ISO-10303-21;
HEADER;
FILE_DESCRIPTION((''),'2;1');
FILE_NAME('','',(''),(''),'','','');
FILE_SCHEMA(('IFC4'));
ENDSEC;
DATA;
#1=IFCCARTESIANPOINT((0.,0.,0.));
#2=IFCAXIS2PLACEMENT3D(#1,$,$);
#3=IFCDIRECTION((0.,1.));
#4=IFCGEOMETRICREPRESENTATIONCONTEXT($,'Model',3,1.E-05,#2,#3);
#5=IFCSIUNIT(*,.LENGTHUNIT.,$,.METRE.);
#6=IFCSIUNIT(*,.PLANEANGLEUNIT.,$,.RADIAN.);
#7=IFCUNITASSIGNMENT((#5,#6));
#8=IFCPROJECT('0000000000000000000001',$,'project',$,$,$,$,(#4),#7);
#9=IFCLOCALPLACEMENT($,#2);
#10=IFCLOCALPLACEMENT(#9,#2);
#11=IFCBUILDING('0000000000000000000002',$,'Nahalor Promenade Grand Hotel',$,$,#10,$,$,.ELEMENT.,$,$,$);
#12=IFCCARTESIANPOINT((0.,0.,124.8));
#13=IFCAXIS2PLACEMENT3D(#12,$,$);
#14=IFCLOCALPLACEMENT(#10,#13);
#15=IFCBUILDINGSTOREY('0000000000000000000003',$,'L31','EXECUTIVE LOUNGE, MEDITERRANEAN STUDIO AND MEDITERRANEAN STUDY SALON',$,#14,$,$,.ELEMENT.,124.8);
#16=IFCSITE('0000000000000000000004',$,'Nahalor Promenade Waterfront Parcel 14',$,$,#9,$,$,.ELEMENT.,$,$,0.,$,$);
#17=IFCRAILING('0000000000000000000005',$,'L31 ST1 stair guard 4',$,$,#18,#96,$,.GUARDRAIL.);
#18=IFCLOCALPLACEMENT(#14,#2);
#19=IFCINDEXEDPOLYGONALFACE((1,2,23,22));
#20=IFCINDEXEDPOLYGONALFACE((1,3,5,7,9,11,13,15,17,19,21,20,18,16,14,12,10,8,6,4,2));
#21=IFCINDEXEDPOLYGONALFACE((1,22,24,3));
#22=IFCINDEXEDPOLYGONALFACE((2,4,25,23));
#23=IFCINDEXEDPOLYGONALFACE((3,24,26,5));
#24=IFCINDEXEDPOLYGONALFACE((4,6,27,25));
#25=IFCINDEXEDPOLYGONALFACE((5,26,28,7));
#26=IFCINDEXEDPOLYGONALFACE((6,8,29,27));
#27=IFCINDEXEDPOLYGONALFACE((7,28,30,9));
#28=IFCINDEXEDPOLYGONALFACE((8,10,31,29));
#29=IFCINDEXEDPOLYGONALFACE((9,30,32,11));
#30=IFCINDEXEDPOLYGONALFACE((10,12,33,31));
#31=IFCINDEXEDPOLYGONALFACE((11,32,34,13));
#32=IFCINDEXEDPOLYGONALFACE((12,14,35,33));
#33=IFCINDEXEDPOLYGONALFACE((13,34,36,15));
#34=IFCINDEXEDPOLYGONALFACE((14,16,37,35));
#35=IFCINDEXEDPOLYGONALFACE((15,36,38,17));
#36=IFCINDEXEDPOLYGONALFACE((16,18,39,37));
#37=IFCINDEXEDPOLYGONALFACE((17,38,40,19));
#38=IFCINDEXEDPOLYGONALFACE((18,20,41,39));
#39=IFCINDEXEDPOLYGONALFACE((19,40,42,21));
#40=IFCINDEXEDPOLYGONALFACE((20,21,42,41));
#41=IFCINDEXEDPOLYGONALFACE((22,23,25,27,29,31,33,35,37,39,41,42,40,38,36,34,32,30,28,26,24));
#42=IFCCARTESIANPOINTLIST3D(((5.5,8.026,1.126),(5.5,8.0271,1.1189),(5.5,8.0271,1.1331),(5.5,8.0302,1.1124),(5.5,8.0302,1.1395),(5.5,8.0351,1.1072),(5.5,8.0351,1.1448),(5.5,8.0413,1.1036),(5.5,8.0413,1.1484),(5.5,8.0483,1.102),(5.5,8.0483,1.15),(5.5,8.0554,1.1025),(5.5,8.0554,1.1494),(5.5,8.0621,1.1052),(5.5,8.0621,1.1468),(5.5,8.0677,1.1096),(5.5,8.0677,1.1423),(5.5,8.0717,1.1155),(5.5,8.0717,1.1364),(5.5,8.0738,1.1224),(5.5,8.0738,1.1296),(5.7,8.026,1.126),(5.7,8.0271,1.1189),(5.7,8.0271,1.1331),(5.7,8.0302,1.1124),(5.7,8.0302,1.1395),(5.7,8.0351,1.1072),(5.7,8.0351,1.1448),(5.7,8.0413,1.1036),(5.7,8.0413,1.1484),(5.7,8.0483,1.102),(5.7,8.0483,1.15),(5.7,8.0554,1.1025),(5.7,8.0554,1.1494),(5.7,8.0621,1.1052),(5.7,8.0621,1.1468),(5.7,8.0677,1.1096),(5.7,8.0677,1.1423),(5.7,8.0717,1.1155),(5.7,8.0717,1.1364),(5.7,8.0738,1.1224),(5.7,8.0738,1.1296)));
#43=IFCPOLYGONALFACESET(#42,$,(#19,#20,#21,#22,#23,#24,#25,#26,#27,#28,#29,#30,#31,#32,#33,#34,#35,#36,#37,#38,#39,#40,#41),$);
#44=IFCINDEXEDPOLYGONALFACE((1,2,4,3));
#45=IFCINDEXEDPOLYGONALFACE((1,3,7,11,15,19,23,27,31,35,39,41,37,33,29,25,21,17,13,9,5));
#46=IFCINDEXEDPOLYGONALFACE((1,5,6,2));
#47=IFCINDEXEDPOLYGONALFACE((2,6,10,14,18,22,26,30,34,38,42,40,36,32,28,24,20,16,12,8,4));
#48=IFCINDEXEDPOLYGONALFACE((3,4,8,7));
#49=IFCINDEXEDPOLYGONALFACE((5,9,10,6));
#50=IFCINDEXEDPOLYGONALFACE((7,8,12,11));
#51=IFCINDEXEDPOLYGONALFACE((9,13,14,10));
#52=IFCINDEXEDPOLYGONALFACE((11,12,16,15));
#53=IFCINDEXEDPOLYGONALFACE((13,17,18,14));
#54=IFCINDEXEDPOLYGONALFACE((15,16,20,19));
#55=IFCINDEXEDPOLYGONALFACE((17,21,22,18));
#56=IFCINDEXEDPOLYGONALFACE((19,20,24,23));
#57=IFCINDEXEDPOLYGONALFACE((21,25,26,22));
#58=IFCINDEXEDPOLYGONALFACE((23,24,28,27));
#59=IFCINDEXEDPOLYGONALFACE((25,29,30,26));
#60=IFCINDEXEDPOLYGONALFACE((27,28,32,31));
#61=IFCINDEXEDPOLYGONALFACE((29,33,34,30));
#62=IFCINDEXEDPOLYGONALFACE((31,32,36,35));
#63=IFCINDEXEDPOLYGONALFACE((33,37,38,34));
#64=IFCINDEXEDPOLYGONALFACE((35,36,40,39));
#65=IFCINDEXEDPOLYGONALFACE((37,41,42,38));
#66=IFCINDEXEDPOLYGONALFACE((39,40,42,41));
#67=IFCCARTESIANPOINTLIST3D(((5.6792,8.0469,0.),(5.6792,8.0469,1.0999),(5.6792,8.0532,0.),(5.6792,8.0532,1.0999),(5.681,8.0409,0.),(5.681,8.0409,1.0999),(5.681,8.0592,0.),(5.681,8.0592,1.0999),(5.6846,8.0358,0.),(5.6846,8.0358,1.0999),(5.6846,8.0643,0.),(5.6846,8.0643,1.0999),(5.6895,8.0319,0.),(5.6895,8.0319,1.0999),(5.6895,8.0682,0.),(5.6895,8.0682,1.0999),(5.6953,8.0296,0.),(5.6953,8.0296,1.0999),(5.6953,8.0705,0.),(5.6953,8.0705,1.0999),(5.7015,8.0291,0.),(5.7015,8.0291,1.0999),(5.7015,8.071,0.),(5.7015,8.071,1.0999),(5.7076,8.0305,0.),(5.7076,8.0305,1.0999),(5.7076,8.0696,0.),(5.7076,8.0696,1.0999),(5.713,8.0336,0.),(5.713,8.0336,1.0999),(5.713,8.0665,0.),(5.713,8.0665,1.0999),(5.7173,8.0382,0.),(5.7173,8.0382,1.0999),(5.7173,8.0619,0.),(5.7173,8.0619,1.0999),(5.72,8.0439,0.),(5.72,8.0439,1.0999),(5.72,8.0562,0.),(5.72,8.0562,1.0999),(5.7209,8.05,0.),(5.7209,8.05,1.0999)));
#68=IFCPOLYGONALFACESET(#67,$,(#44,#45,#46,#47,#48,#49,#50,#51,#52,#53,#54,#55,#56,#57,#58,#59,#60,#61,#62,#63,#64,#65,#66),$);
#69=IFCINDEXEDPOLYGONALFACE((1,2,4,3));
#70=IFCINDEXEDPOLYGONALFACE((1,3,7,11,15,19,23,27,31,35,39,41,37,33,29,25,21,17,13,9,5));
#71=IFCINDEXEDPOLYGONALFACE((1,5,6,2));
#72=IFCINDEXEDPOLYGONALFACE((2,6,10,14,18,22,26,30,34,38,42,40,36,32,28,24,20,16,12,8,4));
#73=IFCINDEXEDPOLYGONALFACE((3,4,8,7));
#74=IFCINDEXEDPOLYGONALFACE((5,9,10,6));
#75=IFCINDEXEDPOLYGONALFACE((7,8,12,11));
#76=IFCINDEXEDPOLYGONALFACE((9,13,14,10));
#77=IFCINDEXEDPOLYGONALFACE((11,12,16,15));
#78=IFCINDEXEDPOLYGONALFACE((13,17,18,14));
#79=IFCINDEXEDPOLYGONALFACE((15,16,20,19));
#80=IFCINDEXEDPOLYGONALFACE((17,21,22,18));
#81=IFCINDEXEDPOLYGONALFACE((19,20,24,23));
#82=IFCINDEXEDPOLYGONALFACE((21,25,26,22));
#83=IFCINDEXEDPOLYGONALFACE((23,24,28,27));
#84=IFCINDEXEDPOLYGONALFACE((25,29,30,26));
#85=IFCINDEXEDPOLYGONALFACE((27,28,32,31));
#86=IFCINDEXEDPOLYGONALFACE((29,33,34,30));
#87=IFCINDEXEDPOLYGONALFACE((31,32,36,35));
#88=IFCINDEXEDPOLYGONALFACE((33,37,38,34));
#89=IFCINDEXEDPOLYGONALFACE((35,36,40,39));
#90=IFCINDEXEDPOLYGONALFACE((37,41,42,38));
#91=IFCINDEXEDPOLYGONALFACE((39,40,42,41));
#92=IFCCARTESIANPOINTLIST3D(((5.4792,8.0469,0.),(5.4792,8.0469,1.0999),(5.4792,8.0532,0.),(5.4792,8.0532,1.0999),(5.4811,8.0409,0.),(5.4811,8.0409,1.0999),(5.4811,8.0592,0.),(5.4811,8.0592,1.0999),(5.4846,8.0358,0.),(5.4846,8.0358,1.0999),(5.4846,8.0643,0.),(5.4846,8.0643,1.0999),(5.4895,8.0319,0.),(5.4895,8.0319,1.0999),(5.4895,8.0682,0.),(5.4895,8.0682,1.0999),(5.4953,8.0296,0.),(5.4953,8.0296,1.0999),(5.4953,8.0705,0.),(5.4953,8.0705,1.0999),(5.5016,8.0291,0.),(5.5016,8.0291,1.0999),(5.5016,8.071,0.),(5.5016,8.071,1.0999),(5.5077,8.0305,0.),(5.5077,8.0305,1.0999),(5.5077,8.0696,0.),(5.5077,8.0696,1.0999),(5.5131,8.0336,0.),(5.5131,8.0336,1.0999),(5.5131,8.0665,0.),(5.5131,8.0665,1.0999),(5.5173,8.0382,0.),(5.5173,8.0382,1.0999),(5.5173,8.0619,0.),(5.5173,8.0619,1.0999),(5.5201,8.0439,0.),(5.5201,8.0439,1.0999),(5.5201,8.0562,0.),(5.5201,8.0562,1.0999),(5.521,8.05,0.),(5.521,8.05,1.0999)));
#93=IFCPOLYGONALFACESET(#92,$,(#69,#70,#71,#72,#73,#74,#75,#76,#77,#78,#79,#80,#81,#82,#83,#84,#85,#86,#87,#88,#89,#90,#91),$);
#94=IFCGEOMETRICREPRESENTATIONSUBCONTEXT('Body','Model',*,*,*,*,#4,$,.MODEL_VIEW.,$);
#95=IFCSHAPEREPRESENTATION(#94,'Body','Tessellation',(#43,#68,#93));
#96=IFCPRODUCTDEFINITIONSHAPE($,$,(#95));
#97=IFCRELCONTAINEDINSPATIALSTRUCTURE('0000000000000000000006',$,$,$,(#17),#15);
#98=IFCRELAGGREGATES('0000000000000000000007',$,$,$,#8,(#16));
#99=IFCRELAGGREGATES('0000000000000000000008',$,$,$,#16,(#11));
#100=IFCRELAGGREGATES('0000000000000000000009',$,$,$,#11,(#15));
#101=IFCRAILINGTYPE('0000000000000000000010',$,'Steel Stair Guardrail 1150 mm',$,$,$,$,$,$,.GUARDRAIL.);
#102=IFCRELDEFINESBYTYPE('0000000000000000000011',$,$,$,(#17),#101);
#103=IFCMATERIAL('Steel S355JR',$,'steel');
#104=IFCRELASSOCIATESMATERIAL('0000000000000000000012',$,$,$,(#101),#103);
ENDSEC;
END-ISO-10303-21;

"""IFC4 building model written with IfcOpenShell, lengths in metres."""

from ifc_helpers import new_model, si_unit, direction, frame, origin, origin_2d, place, context, subcontext, project, spatial, circle, extrude, material, type_object, element, save


model = new_model("IFC4")

# Units and contexts
model_context = context("Model", 3, precision=1e-05, world=origin(), true_north=direction((0.0, 1.0)))
body_context = subcontext(model_context, "Body", "Model", "MODEL_VIEW")
ifc_project = project(units=[si_unit("LENGTHUNIT", "METRE"), si_unit("PLANEANGLEUNIT", "RADIAN")], contexts=[model_context])

# Site, building, storey
site_placement = place(None, origin())
site = spatial("IfcSite", under=ifc_project, at=site_placement, Name="Nahalor Promenade Waterfront Parcel 14", CompositionType="ELEMENT", RefElevation=0.0)
building_placement = place(site_placement, origin())
building = spatial("IfcBuilding", under=site, at=building_placement, Name="Nahalor Promenade Grand Hotel", CompositionType="ELEMENT")
storey_placement = place(building_placement, frame((0.0, 0.0, 124.8)))
storey = spatial("IfcBuildingStorey", under=building, at=storey_placement, Name="L31", Description="EXECUTIVE LOUNGE, MEDITERRANEAN STUDIO AND MEDITERRANEAN STUDY SALON", CompositionType="ELEMENT", Elevation=124.8)

# Shared definitions
ifc_material_1 = material(Name="Steel S355JR", Category="steel")

# Railing
railing_type_1 = type_object("IfcRailingType", Name="Steel Stair Guardrail 1150 mm", PredefinedType="GUARDRAIL", material=ifc_material_1)
railing_1_placement = place(storey_placement, frame((5.7, 8.05, 0.0)))
element("IfcRailing", 1, at=railing_1_placement, inside=storey, type_object=railing_type_1, Name="L31 ST1 stair guard 4", PredefinedType="GUARDRAIL", context=body_context, shape_type="SweptSolid", body=[
    extrude(circle(Radius=0.024, at=origin_2d()), frame((0.0, 0.0, 1.126), z_axis=(-1.0, 0.0, 0.0), x_axis=(0.0, -1.0, 0.0)), (0.0, 0.0, 1.0), 0.2),
    extrude(circle(Radius=0.021, at=origin_2d()), origin(), (0.0, 0.0, 1.0), 1.0999),
    extrude(circle(Radius=0.021, at=origin_2d()), frame((-0.2, 0.0, 0.0)), (0.0, 0.0, 1.0), 1.0999),
])

save(model, "model.ifc")
